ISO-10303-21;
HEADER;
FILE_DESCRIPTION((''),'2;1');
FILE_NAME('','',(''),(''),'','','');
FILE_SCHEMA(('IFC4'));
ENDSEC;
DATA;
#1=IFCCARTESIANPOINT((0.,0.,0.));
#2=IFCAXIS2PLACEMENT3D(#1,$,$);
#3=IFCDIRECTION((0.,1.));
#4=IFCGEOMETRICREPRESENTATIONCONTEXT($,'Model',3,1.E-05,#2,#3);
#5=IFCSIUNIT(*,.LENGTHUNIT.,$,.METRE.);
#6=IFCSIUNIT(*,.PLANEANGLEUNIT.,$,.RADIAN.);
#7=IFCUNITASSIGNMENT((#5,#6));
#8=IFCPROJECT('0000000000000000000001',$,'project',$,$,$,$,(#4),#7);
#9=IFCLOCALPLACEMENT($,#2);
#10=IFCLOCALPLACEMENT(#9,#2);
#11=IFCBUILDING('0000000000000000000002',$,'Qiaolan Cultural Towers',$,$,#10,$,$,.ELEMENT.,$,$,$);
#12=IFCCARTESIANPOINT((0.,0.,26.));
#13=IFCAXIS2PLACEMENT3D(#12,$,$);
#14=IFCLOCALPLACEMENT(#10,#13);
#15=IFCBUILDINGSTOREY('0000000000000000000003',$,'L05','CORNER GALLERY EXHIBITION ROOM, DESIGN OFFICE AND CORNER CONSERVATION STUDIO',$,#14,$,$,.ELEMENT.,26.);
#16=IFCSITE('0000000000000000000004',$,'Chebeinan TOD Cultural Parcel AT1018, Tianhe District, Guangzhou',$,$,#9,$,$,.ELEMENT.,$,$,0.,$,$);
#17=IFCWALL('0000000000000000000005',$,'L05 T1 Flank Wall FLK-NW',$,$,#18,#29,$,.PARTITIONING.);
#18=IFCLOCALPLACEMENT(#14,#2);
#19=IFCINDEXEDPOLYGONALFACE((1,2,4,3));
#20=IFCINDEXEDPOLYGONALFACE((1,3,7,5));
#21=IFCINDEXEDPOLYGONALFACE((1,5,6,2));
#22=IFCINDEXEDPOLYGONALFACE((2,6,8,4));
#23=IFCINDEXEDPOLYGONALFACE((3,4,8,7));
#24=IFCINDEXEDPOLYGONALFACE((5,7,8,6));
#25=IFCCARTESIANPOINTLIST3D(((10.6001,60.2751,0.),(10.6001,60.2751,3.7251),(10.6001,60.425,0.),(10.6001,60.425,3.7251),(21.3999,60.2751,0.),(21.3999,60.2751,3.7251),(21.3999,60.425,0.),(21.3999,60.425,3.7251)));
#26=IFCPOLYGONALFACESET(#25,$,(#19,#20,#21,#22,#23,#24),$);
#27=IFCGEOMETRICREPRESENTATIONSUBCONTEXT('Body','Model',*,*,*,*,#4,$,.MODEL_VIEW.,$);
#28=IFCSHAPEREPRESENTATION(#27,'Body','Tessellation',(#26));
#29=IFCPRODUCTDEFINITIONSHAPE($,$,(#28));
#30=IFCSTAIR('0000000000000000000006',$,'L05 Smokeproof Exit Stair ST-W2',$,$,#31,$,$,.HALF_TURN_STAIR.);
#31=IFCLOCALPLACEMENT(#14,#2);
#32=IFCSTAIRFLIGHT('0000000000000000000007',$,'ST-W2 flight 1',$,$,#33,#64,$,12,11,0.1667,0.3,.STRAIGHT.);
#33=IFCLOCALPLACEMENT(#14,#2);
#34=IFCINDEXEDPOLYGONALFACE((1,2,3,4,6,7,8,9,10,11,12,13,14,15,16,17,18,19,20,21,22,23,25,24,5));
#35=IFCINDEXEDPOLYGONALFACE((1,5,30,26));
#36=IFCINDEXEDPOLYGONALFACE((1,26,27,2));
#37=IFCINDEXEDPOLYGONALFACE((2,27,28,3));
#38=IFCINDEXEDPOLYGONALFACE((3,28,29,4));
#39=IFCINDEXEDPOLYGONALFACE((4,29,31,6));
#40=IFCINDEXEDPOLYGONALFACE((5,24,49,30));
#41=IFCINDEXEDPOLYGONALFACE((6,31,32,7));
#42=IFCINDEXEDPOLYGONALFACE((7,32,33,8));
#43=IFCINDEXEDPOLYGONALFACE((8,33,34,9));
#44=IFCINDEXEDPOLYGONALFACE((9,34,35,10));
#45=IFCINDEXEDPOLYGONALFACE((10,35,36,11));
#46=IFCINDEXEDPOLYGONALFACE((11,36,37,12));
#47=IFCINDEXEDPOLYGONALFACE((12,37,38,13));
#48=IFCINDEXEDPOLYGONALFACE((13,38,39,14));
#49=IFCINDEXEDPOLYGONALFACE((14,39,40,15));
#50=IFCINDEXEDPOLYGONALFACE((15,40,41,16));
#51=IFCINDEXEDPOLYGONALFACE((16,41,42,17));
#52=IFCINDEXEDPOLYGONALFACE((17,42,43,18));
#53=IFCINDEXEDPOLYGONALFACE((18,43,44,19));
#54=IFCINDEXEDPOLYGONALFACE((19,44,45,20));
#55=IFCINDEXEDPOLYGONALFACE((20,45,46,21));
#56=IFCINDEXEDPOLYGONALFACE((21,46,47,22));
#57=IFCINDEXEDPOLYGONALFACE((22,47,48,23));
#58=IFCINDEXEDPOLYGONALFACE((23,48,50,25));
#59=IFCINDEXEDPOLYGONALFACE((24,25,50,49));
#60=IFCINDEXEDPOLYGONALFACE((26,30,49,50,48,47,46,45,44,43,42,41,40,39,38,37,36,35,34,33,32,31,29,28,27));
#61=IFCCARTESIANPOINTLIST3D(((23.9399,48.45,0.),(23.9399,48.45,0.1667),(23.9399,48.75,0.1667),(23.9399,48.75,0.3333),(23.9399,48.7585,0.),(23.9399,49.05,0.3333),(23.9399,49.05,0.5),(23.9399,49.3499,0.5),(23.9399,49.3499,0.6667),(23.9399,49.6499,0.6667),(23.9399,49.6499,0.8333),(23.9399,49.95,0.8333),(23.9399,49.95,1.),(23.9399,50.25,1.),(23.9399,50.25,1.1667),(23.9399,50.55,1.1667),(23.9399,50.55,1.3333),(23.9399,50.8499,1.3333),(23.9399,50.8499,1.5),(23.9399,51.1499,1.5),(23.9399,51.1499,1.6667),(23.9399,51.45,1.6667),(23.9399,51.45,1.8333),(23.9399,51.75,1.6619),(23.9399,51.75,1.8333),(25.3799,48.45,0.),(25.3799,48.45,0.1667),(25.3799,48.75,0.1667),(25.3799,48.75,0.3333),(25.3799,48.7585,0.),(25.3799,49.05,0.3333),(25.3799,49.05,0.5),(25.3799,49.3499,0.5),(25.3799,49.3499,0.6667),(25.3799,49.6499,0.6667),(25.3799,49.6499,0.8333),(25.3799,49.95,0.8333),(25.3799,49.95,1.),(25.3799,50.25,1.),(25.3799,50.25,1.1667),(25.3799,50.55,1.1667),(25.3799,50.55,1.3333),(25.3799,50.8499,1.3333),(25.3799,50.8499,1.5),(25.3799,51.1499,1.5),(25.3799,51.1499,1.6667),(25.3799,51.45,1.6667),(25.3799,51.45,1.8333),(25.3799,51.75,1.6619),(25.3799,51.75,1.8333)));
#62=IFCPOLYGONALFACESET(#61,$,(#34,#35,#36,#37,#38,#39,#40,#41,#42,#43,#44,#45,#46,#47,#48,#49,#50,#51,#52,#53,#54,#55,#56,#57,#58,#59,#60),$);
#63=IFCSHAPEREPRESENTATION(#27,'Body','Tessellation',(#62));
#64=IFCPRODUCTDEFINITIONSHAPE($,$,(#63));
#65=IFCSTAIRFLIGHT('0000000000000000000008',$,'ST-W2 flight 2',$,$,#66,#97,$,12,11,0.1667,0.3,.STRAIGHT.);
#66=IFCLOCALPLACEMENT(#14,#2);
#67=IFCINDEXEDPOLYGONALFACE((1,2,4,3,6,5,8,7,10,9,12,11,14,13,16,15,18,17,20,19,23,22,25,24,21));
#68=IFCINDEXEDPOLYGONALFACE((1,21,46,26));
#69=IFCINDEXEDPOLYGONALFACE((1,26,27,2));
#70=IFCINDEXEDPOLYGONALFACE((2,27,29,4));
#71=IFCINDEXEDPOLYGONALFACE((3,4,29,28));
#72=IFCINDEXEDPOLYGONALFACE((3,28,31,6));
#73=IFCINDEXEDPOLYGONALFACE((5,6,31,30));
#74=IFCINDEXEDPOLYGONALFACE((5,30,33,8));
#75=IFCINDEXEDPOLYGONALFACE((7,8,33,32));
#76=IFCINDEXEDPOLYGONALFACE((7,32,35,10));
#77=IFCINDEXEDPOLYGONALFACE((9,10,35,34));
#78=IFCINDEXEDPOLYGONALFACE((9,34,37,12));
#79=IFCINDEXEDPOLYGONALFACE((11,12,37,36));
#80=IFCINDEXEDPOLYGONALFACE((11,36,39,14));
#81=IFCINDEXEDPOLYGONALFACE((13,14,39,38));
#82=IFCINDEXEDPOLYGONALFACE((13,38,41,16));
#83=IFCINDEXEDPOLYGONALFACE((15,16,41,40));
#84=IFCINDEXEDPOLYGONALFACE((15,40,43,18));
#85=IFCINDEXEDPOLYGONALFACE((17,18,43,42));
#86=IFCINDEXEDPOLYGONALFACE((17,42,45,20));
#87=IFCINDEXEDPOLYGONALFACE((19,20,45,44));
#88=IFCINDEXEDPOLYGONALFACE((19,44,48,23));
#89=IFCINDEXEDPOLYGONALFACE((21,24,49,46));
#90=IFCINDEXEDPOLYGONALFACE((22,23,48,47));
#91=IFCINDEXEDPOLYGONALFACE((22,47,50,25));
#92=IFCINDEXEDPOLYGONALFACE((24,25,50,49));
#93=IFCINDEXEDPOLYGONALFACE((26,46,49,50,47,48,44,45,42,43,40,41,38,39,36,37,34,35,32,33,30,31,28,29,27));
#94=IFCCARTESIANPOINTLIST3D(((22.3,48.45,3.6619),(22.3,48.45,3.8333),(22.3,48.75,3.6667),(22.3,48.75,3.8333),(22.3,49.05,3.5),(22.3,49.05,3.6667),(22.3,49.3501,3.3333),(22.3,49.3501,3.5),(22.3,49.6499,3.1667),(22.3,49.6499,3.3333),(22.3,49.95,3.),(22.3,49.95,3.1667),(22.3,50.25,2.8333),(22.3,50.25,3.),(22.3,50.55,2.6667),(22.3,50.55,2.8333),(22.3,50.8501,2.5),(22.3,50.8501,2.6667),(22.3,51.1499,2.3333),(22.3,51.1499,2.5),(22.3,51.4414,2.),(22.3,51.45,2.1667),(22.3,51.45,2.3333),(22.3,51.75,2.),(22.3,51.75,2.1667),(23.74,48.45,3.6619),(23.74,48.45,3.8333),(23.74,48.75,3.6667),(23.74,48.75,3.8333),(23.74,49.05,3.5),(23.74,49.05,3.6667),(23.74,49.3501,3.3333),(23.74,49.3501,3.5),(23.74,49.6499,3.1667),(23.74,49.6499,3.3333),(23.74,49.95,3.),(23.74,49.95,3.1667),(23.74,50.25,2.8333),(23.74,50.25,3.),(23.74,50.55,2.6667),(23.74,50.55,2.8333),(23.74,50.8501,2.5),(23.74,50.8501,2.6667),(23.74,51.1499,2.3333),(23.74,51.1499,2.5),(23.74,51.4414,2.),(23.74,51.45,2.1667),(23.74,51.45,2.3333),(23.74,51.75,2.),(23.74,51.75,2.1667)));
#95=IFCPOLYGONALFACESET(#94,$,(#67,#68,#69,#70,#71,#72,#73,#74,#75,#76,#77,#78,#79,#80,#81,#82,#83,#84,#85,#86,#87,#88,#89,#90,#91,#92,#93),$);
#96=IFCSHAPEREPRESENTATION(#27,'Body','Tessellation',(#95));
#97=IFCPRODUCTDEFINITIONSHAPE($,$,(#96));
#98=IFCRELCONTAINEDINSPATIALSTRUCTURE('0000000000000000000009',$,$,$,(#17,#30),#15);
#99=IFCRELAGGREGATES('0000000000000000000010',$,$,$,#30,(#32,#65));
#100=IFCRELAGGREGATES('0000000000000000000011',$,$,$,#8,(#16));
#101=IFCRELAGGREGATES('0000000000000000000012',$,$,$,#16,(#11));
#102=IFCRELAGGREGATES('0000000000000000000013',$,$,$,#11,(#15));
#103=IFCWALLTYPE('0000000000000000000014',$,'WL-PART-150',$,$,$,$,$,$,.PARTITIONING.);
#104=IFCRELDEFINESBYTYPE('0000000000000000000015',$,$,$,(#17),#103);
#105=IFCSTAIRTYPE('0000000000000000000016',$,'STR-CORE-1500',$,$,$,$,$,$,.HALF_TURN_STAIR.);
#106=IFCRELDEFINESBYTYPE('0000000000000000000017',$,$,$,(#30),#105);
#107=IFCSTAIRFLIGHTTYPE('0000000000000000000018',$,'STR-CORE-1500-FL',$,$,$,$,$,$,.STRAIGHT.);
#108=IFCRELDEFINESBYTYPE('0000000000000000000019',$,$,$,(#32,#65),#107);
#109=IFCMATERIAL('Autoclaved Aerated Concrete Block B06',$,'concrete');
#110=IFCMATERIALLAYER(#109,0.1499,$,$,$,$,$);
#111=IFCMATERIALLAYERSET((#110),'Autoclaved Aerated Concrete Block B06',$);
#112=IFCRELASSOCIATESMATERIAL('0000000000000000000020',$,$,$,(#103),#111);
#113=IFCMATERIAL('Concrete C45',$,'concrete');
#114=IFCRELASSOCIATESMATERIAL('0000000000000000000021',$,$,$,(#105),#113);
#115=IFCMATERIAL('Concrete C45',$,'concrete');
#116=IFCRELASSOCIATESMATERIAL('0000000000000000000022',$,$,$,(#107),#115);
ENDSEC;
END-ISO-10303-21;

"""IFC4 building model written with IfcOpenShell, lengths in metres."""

from ifc_helpers import new_model, si_unit, direction, frame, frame_2d, origin, place, context, subcontext, project, spatial, polyline, rectangle, outline, extrude, material, layer, layer_set, type_object, element, aggregate, save


model = new_model("IFC4")

# Units and contexts
model_context = context("Model", 3, precision=1e-05, world=origin(), true_north=direction((0.0, 1.0)))
body_context = subcontext(model_context, "Body", "Model", "MODEL_VIEW")
ifc_project = project(units=[si_unit("LENGTHUNIT", "METRE"), si_unit("PLANEANGLEUNIT", "RADIAN")], contexts=[model_context])

# Site, building, storey
site_placement = place(None, origin())
site = spatial("IfcSite", under=ifc_project, at=site_placement, Name="Chebeinan TOD Cultural Parcel AT1018, Tianhe District, Guangzhou", CompositionType="ELEMENT", RefElevation=0.0)
building_placement = place(site_placement, origin())
building = spatial("IfcBuilding", under=site, at=building_placement, Name="Qiaolan Cultural Towers", CompositionType="ELEMENT")
storey_placement = place(building_placement, frame((0.0, 0.0, 26.0)))
storey = spatial("IfcBuildingStorey", under=building, at=storey_placement, Name="L05", Description="CORNER GALLERY EXHIBITION ROOM, DESIGN OFFICE AND CORNER CONSERVATION STUDIO", CompositionType="ELEMENT", Elevation=26.0)

# Wall
ifc_material_1 = material(Name="Autoclaved Aerated Concrete Block B06", Category="concrete")
ifc_layer_1 = layer(ifc_material_1, 0.1499)
ifc_layer_set_1 = layer_set([ifc_layer_1], Name="Autoclaved Aerated Concrete Block B06")
wall_type_1 = type_object("IfcWallType", Name="WL-PART-150", PredefinedType="PARTITIONING", material=ifc_layer_set_1)
wall_1_placement = place(storey_placement, frame((10.6001, 60.3501, 0.0), z_axis=(0.0, 0.0, 1.0), x_axis=(1.0, 0.0, 0.0)))
element("IfcWall", 1, at=wall_1_placement, inside=storey, type_object=wall_type_1, Name="L05 T1 Flank Wall FLK-NW", PredefinedType="PARTITIONING", context=body_context, shape_type="SweptSolid", body=[
    extrude(rectangle(XDim=10.7998, YDim=0.1499, at=frame_2d((5.3999, 0.0))), origin(), (0.0, 0.0, 1.0), 3.7251),
])

# Stair, stair flights
ifc_material_2 = material(Name="Concrete C45", Category="concrete")
stair_type = type_object("IfcStairType", Name="STR-CORE-1500", PredefinedType="HALF_TURN_STAIR", material=ifc_material_2)
stair_placement = place(storey_placement, origin())
stair = element("IfcStair", 2, at=stair_placement, inside=storey, type_object=stair_type, Name="L05 Smokeproof Exit Stair ST-W2", PredefinedType="HALF_TURN_STAIR")
ifc_material_3 = material(Name="Concrete C45", Category="concrete")
stair_flight_type = type_object("IfcStairFlightType", Name="STR-CORE-1500-FL", PredefinedType="STRAIGHT", material=ifc_material_3)
stair_flight_1_placement = place(storey_placement, frame((24.6599, 48.45, 0.0), z_axis=(0.0, 0.0, 1.0), x_axis=(0.0, 1.0, 0.0)))
stair_flight_1 = element("IfcStairFlight", 3, at=stair_flight_1_placement, type_object=stair_flight_type, Name="ST-W2 flight 1", NumberOfRisers=12, NumberOfTreads=11, PredefinedType="STRAIGHT", RiserHeight=0.1667, TreadLength=0.3, context=body_context, shape_type="SweptSolid", body=[
    extrude(outline(polyline([(0.0, 0.0), (0.0, 0.1667), (0.3, 0.1667), (0.3, 0.3333), (0.6001, 0.3333), (0.6001, 0.5), (0.8999, 0.5), (0.8999, 0.6667), (1.2, 0.6667), (1.2, 0.8333), (1.5, 0.8333), (1.5, 1.0), (1.8, 1.0), (1.8, 1.1667), (2.1001, 1.1667), (2.1001, 1.3333), (2.3999, 1.3333), (2.3999, 1.5), (2.7, 1.5), (2.7, 1.6667), (3.0, 1.6667), (3.0, 1.8333), (3.3, 1.8333), (3.3, 2.0), (3.3, 1.6619), (0.3086, 0.0), (0.0, 0.0)])), frame((0.0, 0.72, 0.0), z_axis=(0.0, -1.0, 0.0), x_axis=(1.0, 0.0, 0.0)), (0.0, 0.0, 1.0), 1.4399),
])
stair_flight_2_placement = place(storey_placement, frame((23.02, 51.75, 2.0), z_axis=(0.0, 0.0, 1.0), x_axis=(0.0, -1.0, 0.0)))
stair_flight_2 = element("IfcStairFlight", 4, at=stair_flight_2_placement, type_object=stair_flight_type, Name="ST-W2 flight 2", NumberOfRisers=12, NumberOfTreads=11, PredefinedType="STRAIGHT", RiserHeight=0.1667, TreadLength=0.3, context=body_context, shape_type="SweptSolid", body=[
    extrude(outline(polyline([(0.0, 0.0), (0.0, 0.1667), (0.3, 0.1667), (0.3, 0.3333), (0.6001, 0.3333), (0.6001, 0.5), (0.8999, 0.5), (0.8999, 0.6667), (1.2, 0.6667), (1.2, 0.8333), (1.5, 0.8333), (1.5, 1.0), (1.8, 1.0), (1.8, 1.1667), (2.1001, 1.1667), (2.1001, 1.3333), (2.3999, 1.3333), (2.3999, 1.5), (2.7, 1.5), (2.7, 1.6667), (3.0, 1.6667), (3.0, 1.8333), (3.3, 1.8333), (3.3, 2.0), (3.3, 1.6619), (0.3086, 0.0), (0.0, 0.0)])), frame((0.0, 0.72, 0.0), z_axis=(0.0, -1.0, 0.0), x_axis=(1.0, 0.0, 0.0)), (0.0, 0.0, 1.0), 1.4399),
])
aggregate(stair, [stair_flight_1, stair_flight_2])

save(model, "model.ifc")
